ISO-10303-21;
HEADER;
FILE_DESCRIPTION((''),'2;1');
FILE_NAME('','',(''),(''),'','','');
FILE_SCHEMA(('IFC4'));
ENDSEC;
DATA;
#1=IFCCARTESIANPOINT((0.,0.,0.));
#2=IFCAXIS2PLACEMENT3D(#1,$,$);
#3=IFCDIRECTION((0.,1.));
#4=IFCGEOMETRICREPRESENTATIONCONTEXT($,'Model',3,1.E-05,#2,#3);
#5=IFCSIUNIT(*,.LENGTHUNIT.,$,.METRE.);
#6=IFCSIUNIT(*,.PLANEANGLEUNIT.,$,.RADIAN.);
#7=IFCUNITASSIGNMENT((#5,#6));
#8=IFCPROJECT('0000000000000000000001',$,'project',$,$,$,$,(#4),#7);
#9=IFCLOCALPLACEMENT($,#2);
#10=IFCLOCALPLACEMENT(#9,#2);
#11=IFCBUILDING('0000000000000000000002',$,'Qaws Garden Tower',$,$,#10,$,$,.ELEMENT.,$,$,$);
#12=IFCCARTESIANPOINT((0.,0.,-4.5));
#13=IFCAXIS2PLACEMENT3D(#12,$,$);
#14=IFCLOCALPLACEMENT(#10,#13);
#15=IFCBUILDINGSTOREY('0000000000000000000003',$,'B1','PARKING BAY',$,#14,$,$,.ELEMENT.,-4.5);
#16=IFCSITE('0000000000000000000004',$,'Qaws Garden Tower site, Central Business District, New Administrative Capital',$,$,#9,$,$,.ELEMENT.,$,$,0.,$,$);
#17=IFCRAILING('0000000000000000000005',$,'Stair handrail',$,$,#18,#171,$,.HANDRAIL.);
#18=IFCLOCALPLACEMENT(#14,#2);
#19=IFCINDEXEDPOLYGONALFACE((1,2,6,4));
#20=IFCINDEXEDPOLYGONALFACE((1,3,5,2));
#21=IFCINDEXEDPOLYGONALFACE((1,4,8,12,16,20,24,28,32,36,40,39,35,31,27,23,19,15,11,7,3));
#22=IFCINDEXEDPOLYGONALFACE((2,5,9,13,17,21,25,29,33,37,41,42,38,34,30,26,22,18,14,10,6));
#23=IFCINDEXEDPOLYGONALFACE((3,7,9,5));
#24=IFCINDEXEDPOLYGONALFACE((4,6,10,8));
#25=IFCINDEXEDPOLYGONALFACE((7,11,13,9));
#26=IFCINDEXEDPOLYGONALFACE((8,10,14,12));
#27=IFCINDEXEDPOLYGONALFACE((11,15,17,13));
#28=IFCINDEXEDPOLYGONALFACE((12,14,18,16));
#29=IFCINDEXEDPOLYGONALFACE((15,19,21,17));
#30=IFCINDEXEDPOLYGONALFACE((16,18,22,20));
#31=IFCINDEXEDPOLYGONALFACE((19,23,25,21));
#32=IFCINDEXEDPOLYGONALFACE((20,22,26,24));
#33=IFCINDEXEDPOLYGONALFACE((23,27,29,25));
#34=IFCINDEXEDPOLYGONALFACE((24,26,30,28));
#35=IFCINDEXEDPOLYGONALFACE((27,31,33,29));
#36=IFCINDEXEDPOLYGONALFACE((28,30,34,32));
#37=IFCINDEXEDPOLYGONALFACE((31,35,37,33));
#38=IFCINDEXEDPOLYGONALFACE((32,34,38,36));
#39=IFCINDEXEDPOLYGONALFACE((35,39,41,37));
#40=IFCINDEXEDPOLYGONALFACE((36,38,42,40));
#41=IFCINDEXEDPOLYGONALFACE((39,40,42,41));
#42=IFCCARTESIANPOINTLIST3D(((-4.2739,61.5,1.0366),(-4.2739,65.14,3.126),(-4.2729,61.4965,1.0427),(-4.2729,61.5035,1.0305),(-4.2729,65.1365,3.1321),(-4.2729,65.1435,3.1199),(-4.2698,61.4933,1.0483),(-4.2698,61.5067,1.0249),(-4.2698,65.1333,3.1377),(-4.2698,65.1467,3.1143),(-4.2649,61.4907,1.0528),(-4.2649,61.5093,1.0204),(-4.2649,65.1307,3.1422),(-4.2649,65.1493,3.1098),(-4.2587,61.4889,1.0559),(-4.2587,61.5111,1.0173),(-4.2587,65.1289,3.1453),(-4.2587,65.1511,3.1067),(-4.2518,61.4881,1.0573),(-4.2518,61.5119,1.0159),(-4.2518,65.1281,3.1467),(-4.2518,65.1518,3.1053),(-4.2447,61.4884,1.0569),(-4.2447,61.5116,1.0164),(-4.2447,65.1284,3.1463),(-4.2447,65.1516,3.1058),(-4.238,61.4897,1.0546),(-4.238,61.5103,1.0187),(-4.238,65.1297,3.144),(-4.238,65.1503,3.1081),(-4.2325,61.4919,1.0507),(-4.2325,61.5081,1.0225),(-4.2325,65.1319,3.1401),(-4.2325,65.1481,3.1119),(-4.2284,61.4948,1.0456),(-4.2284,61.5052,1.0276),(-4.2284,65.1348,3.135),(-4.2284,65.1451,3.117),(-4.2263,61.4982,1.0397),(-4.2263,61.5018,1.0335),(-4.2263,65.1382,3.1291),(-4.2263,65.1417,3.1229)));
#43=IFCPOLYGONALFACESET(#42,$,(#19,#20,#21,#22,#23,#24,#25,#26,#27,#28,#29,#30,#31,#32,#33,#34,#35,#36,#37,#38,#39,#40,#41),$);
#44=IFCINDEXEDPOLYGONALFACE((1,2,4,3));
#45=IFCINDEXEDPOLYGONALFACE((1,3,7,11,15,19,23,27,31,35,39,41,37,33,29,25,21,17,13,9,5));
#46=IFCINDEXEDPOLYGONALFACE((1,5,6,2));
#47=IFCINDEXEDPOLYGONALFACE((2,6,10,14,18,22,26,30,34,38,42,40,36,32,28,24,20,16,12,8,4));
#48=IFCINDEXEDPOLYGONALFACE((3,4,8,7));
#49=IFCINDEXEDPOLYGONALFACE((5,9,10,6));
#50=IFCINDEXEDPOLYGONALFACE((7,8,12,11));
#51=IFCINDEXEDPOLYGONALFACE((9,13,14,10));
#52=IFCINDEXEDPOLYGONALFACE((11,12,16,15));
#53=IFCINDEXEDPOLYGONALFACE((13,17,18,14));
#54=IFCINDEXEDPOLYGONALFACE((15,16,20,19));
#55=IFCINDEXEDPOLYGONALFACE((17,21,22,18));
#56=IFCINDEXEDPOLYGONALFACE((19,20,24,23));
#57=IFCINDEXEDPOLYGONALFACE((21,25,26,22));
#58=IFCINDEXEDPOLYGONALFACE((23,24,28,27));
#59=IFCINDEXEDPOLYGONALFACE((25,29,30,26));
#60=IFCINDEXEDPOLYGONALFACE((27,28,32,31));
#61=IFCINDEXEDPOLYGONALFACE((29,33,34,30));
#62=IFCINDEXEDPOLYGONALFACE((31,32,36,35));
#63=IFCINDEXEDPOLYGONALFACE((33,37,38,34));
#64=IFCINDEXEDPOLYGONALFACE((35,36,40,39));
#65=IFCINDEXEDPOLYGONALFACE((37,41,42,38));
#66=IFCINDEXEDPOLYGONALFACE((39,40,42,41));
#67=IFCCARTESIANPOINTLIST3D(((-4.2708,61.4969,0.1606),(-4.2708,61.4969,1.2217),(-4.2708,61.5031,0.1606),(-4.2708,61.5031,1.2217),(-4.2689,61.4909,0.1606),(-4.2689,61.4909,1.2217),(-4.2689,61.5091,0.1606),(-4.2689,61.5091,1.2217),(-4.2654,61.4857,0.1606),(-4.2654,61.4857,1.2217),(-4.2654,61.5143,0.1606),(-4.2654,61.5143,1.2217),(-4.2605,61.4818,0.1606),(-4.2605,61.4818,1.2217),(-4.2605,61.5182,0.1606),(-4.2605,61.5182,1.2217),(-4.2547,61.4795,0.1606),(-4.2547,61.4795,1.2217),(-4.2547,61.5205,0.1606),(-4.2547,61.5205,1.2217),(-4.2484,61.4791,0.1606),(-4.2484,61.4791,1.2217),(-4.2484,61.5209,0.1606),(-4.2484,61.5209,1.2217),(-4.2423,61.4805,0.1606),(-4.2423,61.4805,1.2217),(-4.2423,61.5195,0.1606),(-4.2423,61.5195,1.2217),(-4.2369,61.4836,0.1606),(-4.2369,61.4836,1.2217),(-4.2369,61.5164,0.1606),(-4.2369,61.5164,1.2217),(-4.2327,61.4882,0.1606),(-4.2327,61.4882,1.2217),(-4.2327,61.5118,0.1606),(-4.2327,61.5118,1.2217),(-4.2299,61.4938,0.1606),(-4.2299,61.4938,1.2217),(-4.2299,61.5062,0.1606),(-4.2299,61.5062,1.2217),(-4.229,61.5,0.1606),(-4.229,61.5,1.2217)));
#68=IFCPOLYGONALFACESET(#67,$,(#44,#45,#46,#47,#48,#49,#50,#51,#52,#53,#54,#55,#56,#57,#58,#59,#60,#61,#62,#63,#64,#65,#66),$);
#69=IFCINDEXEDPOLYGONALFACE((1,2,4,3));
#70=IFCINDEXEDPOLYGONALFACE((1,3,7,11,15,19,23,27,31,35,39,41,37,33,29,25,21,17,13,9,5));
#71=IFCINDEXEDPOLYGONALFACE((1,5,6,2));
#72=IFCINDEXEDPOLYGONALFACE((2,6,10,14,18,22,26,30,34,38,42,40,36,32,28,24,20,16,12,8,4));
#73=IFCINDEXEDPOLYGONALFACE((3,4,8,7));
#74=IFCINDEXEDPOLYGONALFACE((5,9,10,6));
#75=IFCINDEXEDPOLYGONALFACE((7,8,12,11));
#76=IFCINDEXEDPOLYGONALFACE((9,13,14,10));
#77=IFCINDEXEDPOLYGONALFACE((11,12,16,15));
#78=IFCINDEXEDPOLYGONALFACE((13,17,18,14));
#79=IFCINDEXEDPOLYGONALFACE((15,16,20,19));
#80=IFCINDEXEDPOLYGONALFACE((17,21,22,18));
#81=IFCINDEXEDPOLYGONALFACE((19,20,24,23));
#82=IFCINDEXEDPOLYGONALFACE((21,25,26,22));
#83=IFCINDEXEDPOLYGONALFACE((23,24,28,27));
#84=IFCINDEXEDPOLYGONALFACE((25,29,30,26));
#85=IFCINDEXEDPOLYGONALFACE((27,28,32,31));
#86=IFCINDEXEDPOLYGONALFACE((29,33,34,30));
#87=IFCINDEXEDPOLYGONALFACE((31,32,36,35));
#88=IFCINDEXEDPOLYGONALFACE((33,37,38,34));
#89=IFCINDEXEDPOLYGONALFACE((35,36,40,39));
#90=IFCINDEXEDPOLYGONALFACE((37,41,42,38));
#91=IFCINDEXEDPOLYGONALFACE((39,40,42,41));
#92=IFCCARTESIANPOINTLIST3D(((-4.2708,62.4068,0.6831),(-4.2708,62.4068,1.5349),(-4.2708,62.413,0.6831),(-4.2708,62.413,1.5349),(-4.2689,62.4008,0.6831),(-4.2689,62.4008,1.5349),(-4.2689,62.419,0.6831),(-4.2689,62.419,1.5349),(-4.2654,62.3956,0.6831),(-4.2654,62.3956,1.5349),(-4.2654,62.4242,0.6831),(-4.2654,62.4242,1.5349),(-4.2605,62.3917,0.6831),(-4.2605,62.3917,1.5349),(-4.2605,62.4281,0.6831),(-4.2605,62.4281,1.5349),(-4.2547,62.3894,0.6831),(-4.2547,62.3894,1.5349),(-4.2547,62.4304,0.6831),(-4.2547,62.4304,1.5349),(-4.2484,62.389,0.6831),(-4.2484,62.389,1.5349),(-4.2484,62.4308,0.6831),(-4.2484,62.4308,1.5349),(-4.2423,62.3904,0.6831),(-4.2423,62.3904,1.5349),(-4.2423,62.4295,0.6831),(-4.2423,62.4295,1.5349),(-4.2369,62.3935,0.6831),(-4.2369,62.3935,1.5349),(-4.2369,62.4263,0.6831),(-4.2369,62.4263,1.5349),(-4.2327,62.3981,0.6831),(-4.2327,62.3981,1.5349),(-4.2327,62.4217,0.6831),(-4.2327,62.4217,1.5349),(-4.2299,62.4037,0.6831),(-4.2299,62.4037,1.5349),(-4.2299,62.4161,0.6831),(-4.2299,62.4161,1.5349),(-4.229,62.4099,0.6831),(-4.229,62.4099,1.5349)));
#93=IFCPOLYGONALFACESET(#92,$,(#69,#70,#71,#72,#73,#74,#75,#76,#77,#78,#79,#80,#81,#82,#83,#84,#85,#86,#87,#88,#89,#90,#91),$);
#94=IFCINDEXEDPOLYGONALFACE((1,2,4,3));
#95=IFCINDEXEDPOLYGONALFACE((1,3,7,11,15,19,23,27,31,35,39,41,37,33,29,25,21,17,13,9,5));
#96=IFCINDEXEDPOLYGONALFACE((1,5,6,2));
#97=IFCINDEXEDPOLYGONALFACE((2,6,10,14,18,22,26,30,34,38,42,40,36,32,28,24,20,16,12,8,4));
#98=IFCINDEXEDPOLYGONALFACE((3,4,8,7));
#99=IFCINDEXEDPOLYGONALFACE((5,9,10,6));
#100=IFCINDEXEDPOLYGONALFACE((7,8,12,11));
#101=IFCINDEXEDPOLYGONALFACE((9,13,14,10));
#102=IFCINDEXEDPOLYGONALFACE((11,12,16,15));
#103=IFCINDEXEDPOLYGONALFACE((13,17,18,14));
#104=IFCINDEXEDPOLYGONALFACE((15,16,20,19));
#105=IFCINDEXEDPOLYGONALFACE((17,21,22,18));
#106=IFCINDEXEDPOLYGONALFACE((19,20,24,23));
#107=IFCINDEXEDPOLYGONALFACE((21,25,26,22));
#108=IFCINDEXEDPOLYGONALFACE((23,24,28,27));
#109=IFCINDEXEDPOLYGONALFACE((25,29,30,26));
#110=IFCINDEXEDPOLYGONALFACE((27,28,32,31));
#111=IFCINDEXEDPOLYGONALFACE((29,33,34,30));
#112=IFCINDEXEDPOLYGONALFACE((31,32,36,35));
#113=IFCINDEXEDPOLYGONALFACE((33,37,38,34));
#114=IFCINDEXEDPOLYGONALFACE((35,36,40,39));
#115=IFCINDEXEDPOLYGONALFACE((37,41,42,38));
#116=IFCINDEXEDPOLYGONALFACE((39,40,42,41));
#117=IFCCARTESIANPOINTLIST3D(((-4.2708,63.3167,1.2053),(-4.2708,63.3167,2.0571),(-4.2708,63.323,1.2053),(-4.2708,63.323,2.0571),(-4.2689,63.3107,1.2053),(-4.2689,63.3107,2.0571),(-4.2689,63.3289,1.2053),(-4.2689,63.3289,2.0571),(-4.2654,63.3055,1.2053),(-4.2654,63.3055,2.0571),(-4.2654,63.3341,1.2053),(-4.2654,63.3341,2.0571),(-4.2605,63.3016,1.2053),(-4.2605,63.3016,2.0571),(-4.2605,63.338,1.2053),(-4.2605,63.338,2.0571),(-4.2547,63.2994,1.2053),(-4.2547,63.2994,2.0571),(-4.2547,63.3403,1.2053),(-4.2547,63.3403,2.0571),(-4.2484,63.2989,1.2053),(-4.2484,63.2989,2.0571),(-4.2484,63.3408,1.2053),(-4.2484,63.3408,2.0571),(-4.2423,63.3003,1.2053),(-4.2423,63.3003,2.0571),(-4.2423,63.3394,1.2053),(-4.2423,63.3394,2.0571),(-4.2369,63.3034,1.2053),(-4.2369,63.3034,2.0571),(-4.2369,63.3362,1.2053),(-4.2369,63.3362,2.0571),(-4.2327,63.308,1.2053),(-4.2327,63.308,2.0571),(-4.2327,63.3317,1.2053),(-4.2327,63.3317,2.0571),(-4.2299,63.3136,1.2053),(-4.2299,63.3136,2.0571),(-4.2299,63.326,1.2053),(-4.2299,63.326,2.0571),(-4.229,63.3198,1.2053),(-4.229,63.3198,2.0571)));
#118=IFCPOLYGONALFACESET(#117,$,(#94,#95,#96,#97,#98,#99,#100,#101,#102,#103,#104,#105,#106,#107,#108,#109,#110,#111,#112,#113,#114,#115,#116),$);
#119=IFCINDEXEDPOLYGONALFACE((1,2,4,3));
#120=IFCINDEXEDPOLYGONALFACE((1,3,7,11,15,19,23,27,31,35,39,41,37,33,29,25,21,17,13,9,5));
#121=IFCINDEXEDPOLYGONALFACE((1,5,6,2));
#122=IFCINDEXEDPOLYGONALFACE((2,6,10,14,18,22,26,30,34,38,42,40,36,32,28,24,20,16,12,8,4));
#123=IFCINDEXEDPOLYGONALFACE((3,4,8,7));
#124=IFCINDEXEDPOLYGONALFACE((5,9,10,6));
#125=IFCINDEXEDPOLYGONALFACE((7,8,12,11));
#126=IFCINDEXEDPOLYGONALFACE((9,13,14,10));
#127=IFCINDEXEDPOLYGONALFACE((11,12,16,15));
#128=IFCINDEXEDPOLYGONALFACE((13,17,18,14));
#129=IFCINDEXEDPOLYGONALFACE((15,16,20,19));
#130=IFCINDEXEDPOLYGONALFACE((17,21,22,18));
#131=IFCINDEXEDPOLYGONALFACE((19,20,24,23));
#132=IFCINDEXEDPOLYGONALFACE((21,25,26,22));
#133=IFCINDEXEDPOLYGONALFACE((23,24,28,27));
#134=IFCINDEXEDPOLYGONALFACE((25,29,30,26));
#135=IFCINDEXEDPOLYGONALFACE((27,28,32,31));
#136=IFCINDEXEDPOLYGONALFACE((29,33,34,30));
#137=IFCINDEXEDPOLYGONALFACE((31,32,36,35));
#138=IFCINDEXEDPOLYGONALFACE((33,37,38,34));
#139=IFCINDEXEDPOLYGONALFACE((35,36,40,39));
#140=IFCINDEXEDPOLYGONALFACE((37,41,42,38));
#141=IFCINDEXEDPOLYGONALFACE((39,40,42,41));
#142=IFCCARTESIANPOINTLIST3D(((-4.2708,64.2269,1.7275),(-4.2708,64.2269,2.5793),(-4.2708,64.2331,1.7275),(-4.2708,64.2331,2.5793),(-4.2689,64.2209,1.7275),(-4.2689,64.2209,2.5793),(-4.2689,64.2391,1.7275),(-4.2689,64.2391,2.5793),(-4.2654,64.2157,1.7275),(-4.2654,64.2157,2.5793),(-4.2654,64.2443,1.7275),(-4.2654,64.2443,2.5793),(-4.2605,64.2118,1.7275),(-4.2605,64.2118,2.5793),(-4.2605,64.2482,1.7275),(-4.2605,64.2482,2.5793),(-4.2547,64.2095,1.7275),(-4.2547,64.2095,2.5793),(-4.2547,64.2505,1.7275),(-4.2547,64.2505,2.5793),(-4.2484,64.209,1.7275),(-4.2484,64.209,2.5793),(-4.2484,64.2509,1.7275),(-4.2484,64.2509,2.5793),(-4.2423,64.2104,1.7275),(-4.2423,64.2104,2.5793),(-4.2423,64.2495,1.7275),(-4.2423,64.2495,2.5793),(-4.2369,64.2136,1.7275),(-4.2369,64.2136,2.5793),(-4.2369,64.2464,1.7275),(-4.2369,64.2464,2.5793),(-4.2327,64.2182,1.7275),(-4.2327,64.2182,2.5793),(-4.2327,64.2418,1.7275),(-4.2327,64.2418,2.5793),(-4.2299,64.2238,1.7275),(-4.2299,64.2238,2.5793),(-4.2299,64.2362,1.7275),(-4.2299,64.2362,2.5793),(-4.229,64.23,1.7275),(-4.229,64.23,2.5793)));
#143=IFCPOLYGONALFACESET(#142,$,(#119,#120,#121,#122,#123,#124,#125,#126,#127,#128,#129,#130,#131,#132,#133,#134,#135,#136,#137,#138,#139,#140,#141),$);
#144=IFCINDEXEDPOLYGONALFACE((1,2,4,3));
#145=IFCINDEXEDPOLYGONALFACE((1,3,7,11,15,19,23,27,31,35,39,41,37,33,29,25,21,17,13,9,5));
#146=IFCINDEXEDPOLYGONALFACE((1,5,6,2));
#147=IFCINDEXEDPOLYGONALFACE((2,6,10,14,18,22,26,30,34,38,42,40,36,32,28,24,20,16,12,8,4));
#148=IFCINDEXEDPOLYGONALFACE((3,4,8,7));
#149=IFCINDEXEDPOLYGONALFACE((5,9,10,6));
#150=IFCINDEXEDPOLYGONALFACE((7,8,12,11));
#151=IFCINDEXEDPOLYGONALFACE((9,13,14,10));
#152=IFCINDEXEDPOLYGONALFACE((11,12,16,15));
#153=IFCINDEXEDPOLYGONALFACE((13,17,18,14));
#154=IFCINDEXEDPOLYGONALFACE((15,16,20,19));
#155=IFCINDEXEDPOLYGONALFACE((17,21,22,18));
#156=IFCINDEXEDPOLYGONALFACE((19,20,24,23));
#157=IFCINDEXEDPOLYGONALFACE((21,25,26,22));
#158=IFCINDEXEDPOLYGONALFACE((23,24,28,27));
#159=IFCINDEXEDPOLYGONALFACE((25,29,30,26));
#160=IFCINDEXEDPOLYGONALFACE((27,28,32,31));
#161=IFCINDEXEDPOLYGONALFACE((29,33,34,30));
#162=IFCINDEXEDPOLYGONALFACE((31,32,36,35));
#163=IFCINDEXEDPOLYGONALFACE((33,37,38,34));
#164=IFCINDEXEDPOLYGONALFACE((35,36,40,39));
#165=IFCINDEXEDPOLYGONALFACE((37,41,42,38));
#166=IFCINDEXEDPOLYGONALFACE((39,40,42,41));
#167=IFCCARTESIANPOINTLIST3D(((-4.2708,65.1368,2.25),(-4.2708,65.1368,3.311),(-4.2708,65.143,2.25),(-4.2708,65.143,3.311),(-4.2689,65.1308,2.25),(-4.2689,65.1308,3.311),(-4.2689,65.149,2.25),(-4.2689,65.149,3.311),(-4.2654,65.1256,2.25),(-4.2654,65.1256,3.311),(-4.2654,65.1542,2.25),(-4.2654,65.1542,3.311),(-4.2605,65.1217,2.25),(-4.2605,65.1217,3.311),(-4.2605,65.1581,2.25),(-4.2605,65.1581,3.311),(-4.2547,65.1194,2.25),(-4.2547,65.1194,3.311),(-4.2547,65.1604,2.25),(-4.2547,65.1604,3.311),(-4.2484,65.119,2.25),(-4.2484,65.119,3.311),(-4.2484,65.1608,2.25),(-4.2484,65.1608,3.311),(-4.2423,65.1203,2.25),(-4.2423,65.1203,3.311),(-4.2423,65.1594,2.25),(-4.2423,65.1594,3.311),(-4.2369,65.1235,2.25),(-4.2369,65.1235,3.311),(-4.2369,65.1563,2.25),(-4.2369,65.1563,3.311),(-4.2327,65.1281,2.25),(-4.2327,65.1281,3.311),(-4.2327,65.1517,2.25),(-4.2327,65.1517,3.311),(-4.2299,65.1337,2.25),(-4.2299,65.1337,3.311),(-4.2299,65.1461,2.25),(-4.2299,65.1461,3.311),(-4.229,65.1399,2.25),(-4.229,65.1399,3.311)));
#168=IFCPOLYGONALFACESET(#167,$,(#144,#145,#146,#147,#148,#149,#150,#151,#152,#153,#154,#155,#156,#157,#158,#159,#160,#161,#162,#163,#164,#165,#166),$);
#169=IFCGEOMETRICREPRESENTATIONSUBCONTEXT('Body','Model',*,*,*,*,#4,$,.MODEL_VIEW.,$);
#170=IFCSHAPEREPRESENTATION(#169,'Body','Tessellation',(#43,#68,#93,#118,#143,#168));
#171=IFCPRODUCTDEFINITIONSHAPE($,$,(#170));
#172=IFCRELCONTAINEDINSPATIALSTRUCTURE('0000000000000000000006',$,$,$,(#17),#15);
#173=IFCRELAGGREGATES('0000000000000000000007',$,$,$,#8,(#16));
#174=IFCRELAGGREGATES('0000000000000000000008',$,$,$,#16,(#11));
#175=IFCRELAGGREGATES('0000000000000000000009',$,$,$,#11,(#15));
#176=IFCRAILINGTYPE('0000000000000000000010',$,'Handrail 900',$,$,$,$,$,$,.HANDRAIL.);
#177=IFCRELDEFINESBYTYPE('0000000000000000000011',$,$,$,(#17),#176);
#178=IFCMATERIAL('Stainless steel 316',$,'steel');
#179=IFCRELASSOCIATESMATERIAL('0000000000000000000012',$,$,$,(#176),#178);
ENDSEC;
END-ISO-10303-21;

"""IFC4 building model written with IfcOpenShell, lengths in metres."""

from ifc_helpers import new_model, si_unit, direction, frame, origin, origin_2d, place, context, subcontext, project, spatial, circle, extrude, material, type_object, element, save


model = new_model("IFC4")

# Units and contexts
model_context = context("Model", 3, precision=1e-05, world=origin(), true_north=direction((0.0, 1.0)))
body_context = subcontext(model_context, "Body", "Model", "MODEL_VIEW")
ifc_project = project(units=[si_unit("LENGTHUNIT", "METRE"), si_unit("PLANEANGLEUNIT", "RADIAN")], contexts=[model_context])

# Site, building, storey
site_placement = place(None, origin())
site = spatial("IfcSite", under=ifc_project, at=site_placement, Name="Qaws Garden Tower site, Central Business District, New Administrative Capital", CompositionType="ELEMENT", RefElevation=0.0)
building_placement = place(site_placement, origin())
building = spatial("IfcBuilding", under=site, at=building_placement, Name="Qaws Garden Tower", CompositionType="ELEMENT")
storey_placement = place(building_placement, frame((0.0, 0.0, -4.5)))
storey = spatial("IfcBuildingStorey", under=building, at=storey_placement, Name="B1", Description="PARKING BAY", CompositionType="ELEMENT", Elevation=-4.5)

# Railing
ifc_material_1 = material(Name="Stainless steel 316", Category="steel")
railing_type_1 = type_object("IfcRailingType", Name="Handrail 900", PredefinedType="HANDRAIL", material=ifc_material_1)
for number, where, name in (
    (1, (-4.25, 61.5, 0.1606), "Stair handrail"),
):
    element("IfcRailing", number, at=place(storey_placement, frame(where)), inside=storey, type_object=railing_type_1, Name=name, PredefinedType="HANDRAIL", context=body_context, shape_type="SweptSolid", body=[
        extrude(circle(Radius=0.0239, at=origin_2d()), frame((0.0, 0.0, 0.876), z_axis=(0.0, 0.867275, 0.497829), x_axis=(-1.0, 0.0, 0.0)), (0.0, 0.0, 1.0), 4.197),
        extrude(circle(Radius=0.021, at=origin_2d()), origin(), (0.0, 0.0, 1.0), 1.061),
        extrude(circle(Radius=0.021, at=origin_2d()), frame((0.0, 0.9099, 0.5225)), (0.0, 0.0, 1.0), 0.8518),
        extrude(circle(Radius=0.021, at=origin_2d()), frame((0.0, 1.8198, 1.0447)), (0.0, 0.0, 1.0), 0.8518),
        extrude(circle(Radius=0.021, at=origin_2d()), frame((0.0, 2.73, 1.5669)), (0.0, 0.0, 1.0), 0.8518),
        extrude(circle(Radius=0.021, at=origin_2d()), frame((0.0, 3.6399, 2.0894)), (0.0, 0.0, 1.0), 1.061),
    ])

save(model, "model.ifc")
